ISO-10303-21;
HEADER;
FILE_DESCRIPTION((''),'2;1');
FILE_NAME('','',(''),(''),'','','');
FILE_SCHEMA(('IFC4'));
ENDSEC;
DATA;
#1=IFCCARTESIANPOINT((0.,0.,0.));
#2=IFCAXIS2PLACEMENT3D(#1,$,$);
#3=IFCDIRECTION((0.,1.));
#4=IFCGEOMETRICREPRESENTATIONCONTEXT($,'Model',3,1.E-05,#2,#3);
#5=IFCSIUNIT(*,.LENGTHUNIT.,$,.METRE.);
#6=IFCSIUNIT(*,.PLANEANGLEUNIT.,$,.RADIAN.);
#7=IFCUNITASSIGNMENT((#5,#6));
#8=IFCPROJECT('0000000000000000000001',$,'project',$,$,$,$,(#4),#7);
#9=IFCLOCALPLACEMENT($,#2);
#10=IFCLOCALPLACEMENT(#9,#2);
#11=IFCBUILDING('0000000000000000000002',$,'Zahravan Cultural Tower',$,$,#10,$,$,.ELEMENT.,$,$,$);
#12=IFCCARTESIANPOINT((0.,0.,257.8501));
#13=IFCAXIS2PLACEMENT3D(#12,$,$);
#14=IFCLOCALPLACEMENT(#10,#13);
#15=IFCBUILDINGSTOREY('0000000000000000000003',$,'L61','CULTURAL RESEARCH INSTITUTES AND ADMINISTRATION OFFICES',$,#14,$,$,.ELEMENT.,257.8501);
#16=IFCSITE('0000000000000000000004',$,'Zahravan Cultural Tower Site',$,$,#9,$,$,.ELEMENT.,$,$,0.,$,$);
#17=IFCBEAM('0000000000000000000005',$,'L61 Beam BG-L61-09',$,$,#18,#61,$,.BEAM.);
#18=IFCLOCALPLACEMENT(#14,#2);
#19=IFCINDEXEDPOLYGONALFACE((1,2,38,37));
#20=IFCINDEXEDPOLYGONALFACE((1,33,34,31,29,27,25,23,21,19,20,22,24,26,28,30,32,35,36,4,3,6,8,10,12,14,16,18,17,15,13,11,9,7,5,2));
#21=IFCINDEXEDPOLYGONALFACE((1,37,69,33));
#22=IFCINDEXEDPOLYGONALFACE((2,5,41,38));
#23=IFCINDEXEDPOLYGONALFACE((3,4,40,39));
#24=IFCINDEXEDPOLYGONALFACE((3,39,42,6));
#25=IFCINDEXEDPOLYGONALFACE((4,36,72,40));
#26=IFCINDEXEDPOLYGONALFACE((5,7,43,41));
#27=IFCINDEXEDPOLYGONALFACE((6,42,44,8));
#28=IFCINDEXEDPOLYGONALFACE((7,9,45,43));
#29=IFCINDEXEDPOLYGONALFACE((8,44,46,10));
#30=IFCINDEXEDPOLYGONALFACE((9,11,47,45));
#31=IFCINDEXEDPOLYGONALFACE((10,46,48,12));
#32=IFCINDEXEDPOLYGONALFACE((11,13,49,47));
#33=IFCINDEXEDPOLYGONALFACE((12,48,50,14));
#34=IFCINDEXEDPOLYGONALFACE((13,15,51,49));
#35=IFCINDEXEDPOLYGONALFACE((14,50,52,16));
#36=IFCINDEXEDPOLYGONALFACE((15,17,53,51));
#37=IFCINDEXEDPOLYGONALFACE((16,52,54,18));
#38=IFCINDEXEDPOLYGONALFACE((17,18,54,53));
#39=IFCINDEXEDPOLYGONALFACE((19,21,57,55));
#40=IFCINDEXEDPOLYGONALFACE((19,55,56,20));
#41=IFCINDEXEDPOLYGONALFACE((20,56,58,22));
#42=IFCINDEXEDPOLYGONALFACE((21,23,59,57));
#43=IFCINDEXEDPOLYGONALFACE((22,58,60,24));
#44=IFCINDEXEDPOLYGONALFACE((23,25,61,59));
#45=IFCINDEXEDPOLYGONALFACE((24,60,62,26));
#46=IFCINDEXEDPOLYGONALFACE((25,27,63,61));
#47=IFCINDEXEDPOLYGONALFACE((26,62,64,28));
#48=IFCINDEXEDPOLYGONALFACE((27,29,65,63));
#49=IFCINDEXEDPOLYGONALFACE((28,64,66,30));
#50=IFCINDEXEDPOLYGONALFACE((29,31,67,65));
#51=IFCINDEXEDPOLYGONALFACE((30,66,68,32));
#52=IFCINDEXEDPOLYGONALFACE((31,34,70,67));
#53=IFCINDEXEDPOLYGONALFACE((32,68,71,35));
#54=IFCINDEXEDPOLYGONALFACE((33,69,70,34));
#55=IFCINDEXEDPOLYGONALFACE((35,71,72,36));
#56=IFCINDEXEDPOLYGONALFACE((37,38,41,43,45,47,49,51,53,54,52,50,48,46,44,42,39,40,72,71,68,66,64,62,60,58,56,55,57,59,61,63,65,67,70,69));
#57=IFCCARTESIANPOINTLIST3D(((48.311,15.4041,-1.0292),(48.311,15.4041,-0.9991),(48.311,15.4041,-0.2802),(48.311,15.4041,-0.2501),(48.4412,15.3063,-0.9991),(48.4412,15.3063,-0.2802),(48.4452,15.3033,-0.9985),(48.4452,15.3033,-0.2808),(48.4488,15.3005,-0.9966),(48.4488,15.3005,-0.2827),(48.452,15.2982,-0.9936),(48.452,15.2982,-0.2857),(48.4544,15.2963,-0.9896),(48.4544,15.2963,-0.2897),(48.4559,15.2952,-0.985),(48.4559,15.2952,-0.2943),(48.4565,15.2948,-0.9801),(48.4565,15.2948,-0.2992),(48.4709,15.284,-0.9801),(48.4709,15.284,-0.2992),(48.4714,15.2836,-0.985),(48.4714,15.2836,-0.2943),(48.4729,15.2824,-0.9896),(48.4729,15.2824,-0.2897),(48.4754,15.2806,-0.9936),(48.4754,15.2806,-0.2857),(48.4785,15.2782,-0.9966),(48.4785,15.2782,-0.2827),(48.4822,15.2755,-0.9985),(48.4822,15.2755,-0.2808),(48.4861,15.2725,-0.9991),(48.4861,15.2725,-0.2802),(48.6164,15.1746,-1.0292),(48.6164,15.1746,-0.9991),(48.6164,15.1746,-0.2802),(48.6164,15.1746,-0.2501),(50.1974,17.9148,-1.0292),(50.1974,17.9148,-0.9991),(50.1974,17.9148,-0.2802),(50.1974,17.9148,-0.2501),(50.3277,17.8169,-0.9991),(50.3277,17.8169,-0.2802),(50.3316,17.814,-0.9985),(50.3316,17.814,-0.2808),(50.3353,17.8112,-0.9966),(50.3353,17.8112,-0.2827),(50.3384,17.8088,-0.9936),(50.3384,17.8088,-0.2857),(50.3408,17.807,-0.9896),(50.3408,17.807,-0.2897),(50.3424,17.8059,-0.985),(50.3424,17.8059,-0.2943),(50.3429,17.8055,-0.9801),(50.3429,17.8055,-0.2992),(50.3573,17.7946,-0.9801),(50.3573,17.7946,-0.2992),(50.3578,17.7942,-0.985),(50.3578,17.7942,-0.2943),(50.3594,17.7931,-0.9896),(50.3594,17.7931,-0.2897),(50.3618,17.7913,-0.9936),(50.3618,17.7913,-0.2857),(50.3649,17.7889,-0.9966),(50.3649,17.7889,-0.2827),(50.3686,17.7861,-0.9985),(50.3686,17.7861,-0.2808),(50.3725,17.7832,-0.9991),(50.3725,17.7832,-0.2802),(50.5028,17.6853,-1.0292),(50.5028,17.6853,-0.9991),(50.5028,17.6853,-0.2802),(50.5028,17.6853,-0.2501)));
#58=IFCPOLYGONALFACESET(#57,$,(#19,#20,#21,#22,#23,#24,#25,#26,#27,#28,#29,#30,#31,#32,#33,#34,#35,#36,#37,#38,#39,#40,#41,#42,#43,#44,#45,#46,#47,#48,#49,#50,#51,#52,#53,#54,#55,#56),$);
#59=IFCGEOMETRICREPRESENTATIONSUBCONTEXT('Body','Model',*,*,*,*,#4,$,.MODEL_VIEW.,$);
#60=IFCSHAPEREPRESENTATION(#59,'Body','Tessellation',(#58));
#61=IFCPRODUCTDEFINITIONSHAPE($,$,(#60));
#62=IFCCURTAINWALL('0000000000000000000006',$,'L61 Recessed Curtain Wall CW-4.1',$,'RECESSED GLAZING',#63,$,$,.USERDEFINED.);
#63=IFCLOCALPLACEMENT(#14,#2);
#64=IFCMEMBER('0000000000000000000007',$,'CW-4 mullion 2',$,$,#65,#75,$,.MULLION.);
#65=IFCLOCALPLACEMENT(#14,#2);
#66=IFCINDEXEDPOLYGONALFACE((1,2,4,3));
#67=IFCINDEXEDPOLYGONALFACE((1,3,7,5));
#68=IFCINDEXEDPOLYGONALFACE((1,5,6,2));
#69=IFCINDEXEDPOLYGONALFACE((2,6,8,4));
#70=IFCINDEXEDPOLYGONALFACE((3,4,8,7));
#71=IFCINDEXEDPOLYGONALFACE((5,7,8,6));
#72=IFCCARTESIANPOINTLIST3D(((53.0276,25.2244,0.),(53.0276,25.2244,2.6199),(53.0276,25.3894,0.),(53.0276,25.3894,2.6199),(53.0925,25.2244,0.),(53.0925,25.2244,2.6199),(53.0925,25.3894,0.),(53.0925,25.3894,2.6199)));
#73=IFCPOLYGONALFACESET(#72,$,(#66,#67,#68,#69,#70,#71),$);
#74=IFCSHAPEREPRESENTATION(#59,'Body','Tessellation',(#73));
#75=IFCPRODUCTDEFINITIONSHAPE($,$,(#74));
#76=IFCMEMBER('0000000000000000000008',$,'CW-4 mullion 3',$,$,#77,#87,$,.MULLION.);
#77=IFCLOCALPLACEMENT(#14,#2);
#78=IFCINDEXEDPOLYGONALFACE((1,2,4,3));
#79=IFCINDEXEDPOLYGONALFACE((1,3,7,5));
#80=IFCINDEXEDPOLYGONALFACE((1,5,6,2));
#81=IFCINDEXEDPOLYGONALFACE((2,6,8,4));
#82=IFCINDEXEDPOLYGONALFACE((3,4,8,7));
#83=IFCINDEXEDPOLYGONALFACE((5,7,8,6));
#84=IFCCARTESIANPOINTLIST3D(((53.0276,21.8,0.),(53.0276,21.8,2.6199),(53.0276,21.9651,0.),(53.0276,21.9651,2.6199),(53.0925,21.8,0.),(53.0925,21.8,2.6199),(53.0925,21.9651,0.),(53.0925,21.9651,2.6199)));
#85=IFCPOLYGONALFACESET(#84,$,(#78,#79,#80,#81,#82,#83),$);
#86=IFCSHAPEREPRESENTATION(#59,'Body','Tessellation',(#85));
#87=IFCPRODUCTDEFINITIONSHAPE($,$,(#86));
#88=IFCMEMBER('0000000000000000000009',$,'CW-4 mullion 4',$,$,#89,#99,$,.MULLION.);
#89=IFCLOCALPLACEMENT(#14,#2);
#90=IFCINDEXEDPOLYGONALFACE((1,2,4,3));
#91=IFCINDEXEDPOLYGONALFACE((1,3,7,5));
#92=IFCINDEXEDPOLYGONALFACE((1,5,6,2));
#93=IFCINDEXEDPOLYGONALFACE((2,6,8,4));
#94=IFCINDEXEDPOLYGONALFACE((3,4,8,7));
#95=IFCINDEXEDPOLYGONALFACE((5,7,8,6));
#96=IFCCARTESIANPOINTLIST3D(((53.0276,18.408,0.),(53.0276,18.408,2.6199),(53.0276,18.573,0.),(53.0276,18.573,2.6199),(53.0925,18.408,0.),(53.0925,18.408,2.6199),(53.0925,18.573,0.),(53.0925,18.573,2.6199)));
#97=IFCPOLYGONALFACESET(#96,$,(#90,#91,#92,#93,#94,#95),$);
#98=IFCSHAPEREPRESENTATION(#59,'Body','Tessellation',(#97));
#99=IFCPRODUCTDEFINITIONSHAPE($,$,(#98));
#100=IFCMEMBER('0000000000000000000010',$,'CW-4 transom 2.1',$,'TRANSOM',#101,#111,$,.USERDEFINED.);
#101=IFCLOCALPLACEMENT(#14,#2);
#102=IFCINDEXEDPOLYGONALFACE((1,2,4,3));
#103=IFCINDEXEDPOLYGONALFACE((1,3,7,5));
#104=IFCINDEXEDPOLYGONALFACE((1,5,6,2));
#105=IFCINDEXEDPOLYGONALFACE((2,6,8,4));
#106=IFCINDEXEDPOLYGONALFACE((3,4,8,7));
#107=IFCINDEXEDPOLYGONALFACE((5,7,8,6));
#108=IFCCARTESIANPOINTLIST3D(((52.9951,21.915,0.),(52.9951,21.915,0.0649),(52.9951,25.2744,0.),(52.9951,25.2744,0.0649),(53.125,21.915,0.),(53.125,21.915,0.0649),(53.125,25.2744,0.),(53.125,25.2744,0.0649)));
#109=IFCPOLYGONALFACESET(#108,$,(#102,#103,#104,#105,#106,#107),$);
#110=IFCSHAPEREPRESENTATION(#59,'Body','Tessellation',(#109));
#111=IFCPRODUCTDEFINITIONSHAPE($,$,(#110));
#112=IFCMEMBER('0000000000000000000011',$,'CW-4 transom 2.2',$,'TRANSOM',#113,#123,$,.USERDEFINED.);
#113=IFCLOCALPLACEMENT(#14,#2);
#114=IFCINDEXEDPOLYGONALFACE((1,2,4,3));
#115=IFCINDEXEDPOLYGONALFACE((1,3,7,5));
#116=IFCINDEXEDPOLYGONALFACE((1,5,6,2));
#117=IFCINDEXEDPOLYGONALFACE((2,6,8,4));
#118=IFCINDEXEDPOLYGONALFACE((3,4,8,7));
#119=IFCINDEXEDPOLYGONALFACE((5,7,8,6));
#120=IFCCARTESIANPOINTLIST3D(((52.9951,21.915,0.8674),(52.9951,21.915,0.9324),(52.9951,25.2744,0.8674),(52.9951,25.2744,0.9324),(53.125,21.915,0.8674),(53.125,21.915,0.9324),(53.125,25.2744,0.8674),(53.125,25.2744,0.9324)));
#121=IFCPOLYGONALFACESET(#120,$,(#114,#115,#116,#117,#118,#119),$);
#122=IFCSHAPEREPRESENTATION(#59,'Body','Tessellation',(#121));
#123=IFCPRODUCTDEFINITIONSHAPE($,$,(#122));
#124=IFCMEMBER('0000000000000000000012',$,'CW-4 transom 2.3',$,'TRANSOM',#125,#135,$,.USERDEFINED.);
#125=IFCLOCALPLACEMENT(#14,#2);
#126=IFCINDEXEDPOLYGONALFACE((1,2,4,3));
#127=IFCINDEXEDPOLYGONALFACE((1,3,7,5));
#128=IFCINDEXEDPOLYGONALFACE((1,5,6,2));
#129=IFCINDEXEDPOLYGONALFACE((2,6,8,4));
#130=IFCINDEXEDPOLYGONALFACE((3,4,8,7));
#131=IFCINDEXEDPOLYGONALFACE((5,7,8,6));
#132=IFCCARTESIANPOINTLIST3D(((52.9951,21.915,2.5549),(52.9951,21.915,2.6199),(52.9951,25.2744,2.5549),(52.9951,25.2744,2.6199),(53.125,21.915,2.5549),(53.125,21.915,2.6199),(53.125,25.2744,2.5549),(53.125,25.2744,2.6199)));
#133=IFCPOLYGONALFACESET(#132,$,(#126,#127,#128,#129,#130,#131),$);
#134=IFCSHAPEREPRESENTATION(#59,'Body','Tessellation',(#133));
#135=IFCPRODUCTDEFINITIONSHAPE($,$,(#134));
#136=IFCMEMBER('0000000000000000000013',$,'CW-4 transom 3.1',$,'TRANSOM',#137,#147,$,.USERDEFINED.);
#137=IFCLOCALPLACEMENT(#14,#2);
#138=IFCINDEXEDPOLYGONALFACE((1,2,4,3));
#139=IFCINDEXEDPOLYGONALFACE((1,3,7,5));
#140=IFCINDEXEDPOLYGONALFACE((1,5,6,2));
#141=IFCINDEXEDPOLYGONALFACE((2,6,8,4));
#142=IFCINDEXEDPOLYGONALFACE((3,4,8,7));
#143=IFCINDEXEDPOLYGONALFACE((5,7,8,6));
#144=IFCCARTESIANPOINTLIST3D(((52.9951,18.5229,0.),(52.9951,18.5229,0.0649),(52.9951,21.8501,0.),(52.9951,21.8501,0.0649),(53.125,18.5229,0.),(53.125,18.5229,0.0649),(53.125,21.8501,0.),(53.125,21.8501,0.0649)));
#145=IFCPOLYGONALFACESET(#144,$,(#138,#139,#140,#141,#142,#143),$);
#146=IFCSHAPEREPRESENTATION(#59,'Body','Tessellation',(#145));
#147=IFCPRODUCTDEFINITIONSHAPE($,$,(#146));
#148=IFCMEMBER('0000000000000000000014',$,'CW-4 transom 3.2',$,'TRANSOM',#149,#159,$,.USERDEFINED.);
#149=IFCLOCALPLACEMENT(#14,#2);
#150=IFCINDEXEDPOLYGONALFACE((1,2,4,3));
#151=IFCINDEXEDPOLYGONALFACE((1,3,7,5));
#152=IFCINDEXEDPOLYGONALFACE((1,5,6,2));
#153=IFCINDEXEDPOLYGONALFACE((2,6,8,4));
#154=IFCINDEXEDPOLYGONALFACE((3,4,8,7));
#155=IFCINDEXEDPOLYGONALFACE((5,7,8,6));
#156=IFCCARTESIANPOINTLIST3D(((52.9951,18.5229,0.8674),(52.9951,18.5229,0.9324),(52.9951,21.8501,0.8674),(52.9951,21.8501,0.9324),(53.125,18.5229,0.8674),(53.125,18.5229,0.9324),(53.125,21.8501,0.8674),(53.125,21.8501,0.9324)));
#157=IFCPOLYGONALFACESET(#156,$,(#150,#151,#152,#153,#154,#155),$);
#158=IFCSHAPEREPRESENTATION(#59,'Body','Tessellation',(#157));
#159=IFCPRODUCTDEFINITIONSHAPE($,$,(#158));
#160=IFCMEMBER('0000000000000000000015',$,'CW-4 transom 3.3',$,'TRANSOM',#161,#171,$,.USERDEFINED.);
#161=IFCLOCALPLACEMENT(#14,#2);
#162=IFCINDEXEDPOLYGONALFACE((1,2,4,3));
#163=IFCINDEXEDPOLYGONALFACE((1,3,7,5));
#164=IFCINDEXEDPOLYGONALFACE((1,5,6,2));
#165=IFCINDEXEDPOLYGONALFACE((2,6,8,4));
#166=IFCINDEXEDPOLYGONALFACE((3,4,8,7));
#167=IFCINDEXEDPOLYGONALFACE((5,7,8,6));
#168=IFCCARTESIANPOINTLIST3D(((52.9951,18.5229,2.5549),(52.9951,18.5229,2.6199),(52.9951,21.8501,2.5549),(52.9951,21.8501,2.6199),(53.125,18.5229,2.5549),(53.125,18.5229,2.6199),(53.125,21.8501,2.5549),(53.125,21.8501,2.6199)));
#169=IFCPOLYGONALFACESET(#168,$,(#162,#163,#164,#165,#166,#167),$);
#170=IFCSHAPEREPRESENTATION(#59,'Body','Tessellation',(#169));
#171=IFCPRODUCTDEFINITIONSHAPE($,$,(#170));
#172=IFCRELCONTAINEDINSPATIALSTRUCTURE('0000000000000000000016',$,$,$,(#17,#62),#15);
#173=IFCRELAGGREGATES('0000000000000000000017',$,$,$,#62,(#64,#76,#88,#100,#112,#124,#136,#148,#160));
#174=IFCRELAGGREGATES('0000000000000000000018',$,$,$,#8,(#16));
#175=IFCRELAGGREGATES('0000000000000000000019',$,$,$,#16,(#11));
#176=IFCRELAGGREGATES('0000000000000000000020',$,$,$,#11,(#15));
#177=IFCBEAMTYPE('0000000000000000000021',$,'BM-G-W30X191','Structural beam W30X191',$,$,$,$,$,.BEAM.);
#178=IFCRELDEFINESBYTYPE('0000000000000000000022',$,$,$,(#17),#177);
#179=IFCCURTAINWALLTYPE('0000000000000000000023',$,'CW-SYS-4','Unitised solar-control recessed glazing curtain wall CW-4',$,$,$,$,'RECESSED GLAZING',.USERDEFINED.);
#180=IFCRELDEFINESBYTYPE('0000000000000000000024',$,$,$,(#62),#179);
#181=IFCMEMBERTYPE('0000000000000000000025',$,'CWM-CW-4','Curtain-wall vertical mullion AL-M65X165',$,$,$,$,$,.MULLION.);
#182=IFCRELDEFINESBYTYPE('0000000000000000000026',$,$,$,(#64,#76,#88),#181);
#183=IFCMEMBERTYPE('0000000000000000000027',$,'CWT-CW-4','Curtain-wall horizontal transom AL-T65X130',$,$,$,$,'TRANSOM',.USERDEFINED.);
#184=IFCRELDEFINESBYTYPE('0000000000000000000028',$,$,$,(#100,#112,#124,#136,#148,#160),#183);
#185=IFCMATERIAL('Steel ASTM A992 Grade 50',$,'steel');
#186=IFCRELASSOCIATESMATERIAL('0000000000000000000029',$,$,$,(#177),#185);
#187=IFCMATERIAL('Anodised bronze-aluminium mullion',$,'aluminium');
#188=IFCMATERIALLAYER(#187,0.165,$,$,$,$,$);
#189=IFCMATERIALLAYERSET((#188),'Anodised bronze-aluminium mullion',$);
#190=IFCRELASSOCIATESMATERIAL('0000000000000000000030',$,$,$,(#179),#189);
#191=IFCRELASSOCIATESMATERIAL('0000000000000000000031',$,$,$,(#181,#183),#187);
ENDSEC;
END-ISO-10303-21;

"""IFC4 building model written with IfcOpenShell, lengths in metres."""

from ifc_helpers import new_model, si_unit, direction, frame, origin, origin_2d, place, context, subcontext, project, spatial, rectangle, i_section, extrude, source, transform, mapped, material, layer, layer_set, material_profile, profile_set, type_object, element, aggregate, save


model = new_model("IFC4")

# Units and contexts
model_context = context("Model", 3, precision=1e-05, world=origin(), true_north=direction((0.0, 1.0)))
body_context = subcontext(model_context, "Body", "Model", "MODEL_VIEW")
ifc_project = project(units=[si_unit("LENGTHUNIT", "METRE"), si_unit("PLANEANGLEUNIT", "RADIAN")], contexts=[model_context])

# Site, building, storey
site_placement = place(None, origin())
site = spatial("IfcSite", under=ifc_project, at=site_placement, Name="Zahravan Cultural Tower Site", CompositionType="ELEMENT", RefElevation=0.0)
building_placement = place(site_placement, origin())
building = spatial("IfcBuilding", under=site, at=building_placement, Name="Zahravan Cultural Tower", CompositionType="ELEMENT")
storey_placement = place(building_placement, frame((0.0, 0.0, 257.8501)))
storey = spatial("IfcBuildingStorey", under=building, at=storey_placement, Name="L61", Description="CULTURAL RESEARCH INSTITUTES AND ADMINISTRATION OFFICES", CompositionType="ELEMENT", Elevation=257.8501)

# Beam
ifc_material_1 = material(Name="Steel ASTM A992 Grade 50", Category="steel")
ifc_material_profile_1 = material_profile(ifc_material_1, i_section(OverallWidth=0.3821, OverallDepth=0.7791, WebThickness=0.0181, FlangeThickness=0.03, FilletRadius=0.019, at=origin_2d()), Name="W30X191")
ifc_profile_set_1 = profile_set([ifc_material_profile_1], Name="Steel ASTM A992 Grade 50")
beam_type = type_object("IfcBeamType", Name="BM-G-W30X191", Description="Structural beam W30X191", PredefinedType="BEAM", material=ifc_profile_set_1)
shared_shape_1 = source(origin(), body_context, "Body", "SweptSolid", [
    extrude(i_section(OverallWidth=0.3821, OverallDepth=0.7791, WebThickness=0.0181, FlangeThickness=0.03, FilletRadius=0.019, at=origin_2d()), origin(), (0.0, 0.0, 1.0), 3.1404),
])
beam_placement = place(storey_placement, frame((50.3501, 17.8, -0.6396), z_axis=(-0.600696, -0.799477, 0.0), x_axis=(0.799477, -0.600696, 0.0)))
element("IfcBeam", 1, at=beam_placement, inside=storey, type_object=beam_type, Name="L61 Beam BG-L61-09", PredefinedType="BEAM", context=body_context, shape_type="MappedRepresentation", body=[
    mapped(shared_shape_1, transform((0.0, 0.0, 0.0), x_axis=(1.0, 0.0, 0.0), y_axis=(0.0, 1.0, 0.0), z_axis=(0.0, 0.0, 1.0), scale=1.0)),
])

# Curtain wall, members
ifc_material_2 = material(Name="Anodised bronze-aluminium mullion", Category="aluminium")
ifc_layer_1 = layer(ifc_material_2, 0.165)
ifc_layer_set_1 = layer_set([ifc_layer_1], Name="Anodised bronze-aluminium mullion")
curtain_wall_type = type_object("IfcCurtainWallType", Name="CW-SYS-4", Description="Unitised solar-control recessed glazing curtain wall CW-4", ElementType="RECESSED GLAZING", PredefinedType="USERDEFINED", material=ifc_layer_set_1)
curtain_wall_placement = place(storey_placement, origin())
curtain_wall = element("IfcCurtainWall", 2, at=curtain_wall_placement, inside=storey, type_object=curtain_wall_type, Name="L61 Recessed Curtain Wall CW-4.1", ObjectType="RECESSED GLAZING", PredefinedType="USERDEFINED")
ifc_material_profile_2 = material_profile(ifc_material_2, rectangle(XDim=0.0649, YDim=0.165, at=origin_2d()), Name="AL-M65X165")
ifc_profile_set_2 = profile_set([ifc_material_profile_2], Name="Anodised bronze-aluminium mullion")
member_type_1 = type_object("IfcMemberType", Name="CWM-CW-4", Description="Curtain-wall vertical mullion AL-M65X165", PredefinedType="MULLION", material=ifc_profile_set_2)
shared_shape_2 = source(origin(), body_context, "Body", "SweptSolid", [
    extrude(rectangle(XDim=0.0649, YDim=0.165, at=origin_2d()), origin(), (0.0, 0.0, 1.0), 2.6199),
])
member_1_placement = place(storey_placement, frame((53.0601, 25.3069, 0.0), z_axis=(0.0, 0.0, 1.0), x_axis=(1.0, 0.0, 0.0)))
member_1 = element("IfcMember", 3, at=member_1_placement, type_object=member_type_1, Name="CW-4 mullion 2", PredefinedType="MULLION", context=body_context, shape_type="MappedRepresentation", body=[
    mapped(shared_shape_2, transform((0.0, 0.0, 0.0), x_axis=(1.0, 0.0, 0.0), y_axis=(0.0, 1.0, 0.0), z_axis=(0.0, 0.0, 1.0), scale=1.0)),
])
member_2_placement = place(storey_placement, frame((53.0601, 21.8826, 0.0), z_axis=(0.0, 0.0, 1.0), x_axis=(1.0, 0.0, 0.0)))
member_2 = element("IfcMember", 4, at=member_2_placement, type_object=member_type_1, Name="CW-4 mullion 3", PredefinedType="MULLION", context=body_context, shape_type="MappedRepresentation", body=[
    mapped(shared_shape_2, transform((0.0, 0.0, 0.0), x_axis=(1.0, 0.0, 0.0), y_axis=(0.0, 1.0, 0.0), z_axis=(0.0, 0.0, 1.0), scale=1.0)),
])
member_3_placement = place(storey_placement, frame((53.0601, 18.4905, 0.0), z_axis=(0.0, 0.0, 1.0), x_axis=(1.0, 0.0, 0.0)))
member_3 = element("IfcMember", 5, at=member_3_placement, type_object=member_type_1, Name="CW-4 mullion 4", PredefinedType="MULLION", context=body_context, shape_type="MappedRepresentation", body=[
    mapped(shared_shape_2, transform((0.0, 0.0, 0.0), x_axis=(1.0, 0.0, 0.0), y_axis=(0.0, 1.0, 0.0), z_axis=(0.0, 0.0, 1.0), scale=1.0)),
])
ifc_material_profile_3 = material_profile(ifc_material_2, rectangle(XDim=0.1299, YDim=0.0649, at=origin_2d()), Name="AL-T65X130")
ifc_profile_set_3 = profile_set([ifc_material_profile_3], Name="Anodised bronze-aluminium mullion")
member_type_2 = type_object("IfcMemberType", Name="CWT-CW-4", Description="Curtain-wall horizontal transom AL-T65X130", ElementType="TRANSOM", PredefinedType="USERDEFINED", material=ifc_profile_set_3)
shared_shape_3 = source(origin(), body_context, "Body", "SweptSolid", [
    extrude(rectangle(XDim=0.1299, YDim=0.0649, at=origin_2d()), origin(), (0.0, 0.0, 1.0), 3.3594),
])
member_4_placement = place(storey_placement, frame((53.0601, 25.2744, 0.0325), z_axis=(0.0, -1.0, 0.0), x_axis=(1.0, 0.0, 0.0)))
member_4 = element("IfcMember", 6, at=member_4_placement, type_object=member_type_2, Name="CW-4 transom 2.1", ObjectType="TRANSOM", PredefinedType="USERDEFINED", context=body_context, shape_type="MappedRepresentation", body=[
    mapped(shared_shape_3, transform((0.0, 0.0, 0.0), x_axis=(1.0, 0.0, 0.0), y_axis=(0.0, 1.0, 0.0), z_axis=(0.0, 0.0, 1.0), scale=1.0)),
])
member_5_placement = place(storey_placement, frame((53.0601, 25.2744, 0.8999), z_axis=(0.0, -1.0, 0.0), x_axis=(1.0, 0.0, 0.0)))
member_5 = element("IfcMember", 7, at=member_5_placement, type_object=member_type_2, Name="CW-4 transom 2.2", ObjectType="TRANSOM", PredefinedType="USERDEFINED", context=body_context, shape_type="MappedRepresentation", body=[
    mapped(shared_shape_3, transform((0.0, 0.0, 0.0), x_axis=(1.0, 0.0, 0.0), y_axis=(0.0, 1.0, 0.0), z_axis=(0.0, 0.0, 1.0), scale=1.0)),
])
member_6_placement = place(storey_placement, frame((53.0601, 25.2744, 2.5874), z_axis=(0.0, -1.0, 0.0), x_axis=(1.0, 0.0, 0.0)))
member_6 = element("IfcMember", 8, at=member_6_placement, type_object=member_type_2, Name="CW-4 transom 2.3", ObjectType="TRANSOM", PredefinedType="USERDEFINED", context=body_context, shape_type="MappedRepresentation", body=[
    mapped(shared_shape_3, transform((0.0, 0.0, 0.0), x_axis=(1.0, 0.0, 0.0), y_axis=(0.0, 1.0, 0.0), z_axis=(0.0, 0.0, 1.0), scale=1.0)),
])
shared_shape_4 = source(origin(), body_context, "Body", "SweptSolid", [
    extrude(rectangle(XDim=0.1299, YDim=0.0649, at=origin_2d()), origin(), (0.0, 0.0, 1.0), 3.3271),
])
member_7_placement = place(storey_placement, frame((53.0601, 21.8501, 0.0325), z_axis=(0.0, -1.0, 0.0), x_axis=(1.0, 0.0, 0.0)))
member_7 = element("IfcMember", 9, at=member_7_placement, type_object=member_type_2, Name="CW-4 transom 3.1", ObjectType="TRANSOM", PredefinedType="USERDEFINED", context=body_context, shape_type="MappedRepresentation", body=[
    mapped(shared_shape_4, transform((0.0, 0.0, 0.0), x_axis=(1.0, 0.0, 0.0), y_axis=(0.0, 1.0, 0.0), z_axis=(0.0, 0.0, 1.0), scale=1.0)),
])
member_8_placement = place(storey_placement, frame((53.0601, 21.8501, 0.8999), z_axis=(0.0, -1.0, 0.0), x_axis=(1.0, 0.0, 0.0)))
member_8 = element("IfcMember", 10, at=member_8_placement, type_object=member_type_2, Name="CW-4 transom 3.2", ObjectType="TRANSOM", PredefinedType="USERDEFINED", context=body_context, shape_type="MappedRepresentation", body=[
    mapped(shared_shape_4, transform((0.0, 0.0, 0.0), x_axis=(1.0, 0.0, 0.0), y_axis=(0.0, 1.0, 0.0), z_axis=(0.0, 0.0, 1.0), scale=1.0)),
])
member_9_placement = place(storey_placement, frame((53.0601, 21.8501, 2.5874), z_axis=(0.0, -1.0, 0.0), x_axis=(1.0, 0.0, 0.0)))
member_9 = element("IfcMember", 11, at=member_9_placement, type_object=member_type_2, Name="CW-4 transom 3.3", ObjectType="TRANSOM", PredefinedType="USERDEFINED", context=body_context, shape_type="MappedRepresentation", body=[
    mapped(shared_shape_4, transform((0.0, 0.0, 0.0), x_axis=(1.0, 0.0, 0.0), y_axis=(0.0, 1.0, 0.0), z_axis=(0.0, 0.0, 1.0), scale=1.0)),
])
aggregate(curtain_wall, [member_1, member_2, member_3, member_4, member_5, member_6, member_7, member_8, member_9])

save(model, "model.ifc")
